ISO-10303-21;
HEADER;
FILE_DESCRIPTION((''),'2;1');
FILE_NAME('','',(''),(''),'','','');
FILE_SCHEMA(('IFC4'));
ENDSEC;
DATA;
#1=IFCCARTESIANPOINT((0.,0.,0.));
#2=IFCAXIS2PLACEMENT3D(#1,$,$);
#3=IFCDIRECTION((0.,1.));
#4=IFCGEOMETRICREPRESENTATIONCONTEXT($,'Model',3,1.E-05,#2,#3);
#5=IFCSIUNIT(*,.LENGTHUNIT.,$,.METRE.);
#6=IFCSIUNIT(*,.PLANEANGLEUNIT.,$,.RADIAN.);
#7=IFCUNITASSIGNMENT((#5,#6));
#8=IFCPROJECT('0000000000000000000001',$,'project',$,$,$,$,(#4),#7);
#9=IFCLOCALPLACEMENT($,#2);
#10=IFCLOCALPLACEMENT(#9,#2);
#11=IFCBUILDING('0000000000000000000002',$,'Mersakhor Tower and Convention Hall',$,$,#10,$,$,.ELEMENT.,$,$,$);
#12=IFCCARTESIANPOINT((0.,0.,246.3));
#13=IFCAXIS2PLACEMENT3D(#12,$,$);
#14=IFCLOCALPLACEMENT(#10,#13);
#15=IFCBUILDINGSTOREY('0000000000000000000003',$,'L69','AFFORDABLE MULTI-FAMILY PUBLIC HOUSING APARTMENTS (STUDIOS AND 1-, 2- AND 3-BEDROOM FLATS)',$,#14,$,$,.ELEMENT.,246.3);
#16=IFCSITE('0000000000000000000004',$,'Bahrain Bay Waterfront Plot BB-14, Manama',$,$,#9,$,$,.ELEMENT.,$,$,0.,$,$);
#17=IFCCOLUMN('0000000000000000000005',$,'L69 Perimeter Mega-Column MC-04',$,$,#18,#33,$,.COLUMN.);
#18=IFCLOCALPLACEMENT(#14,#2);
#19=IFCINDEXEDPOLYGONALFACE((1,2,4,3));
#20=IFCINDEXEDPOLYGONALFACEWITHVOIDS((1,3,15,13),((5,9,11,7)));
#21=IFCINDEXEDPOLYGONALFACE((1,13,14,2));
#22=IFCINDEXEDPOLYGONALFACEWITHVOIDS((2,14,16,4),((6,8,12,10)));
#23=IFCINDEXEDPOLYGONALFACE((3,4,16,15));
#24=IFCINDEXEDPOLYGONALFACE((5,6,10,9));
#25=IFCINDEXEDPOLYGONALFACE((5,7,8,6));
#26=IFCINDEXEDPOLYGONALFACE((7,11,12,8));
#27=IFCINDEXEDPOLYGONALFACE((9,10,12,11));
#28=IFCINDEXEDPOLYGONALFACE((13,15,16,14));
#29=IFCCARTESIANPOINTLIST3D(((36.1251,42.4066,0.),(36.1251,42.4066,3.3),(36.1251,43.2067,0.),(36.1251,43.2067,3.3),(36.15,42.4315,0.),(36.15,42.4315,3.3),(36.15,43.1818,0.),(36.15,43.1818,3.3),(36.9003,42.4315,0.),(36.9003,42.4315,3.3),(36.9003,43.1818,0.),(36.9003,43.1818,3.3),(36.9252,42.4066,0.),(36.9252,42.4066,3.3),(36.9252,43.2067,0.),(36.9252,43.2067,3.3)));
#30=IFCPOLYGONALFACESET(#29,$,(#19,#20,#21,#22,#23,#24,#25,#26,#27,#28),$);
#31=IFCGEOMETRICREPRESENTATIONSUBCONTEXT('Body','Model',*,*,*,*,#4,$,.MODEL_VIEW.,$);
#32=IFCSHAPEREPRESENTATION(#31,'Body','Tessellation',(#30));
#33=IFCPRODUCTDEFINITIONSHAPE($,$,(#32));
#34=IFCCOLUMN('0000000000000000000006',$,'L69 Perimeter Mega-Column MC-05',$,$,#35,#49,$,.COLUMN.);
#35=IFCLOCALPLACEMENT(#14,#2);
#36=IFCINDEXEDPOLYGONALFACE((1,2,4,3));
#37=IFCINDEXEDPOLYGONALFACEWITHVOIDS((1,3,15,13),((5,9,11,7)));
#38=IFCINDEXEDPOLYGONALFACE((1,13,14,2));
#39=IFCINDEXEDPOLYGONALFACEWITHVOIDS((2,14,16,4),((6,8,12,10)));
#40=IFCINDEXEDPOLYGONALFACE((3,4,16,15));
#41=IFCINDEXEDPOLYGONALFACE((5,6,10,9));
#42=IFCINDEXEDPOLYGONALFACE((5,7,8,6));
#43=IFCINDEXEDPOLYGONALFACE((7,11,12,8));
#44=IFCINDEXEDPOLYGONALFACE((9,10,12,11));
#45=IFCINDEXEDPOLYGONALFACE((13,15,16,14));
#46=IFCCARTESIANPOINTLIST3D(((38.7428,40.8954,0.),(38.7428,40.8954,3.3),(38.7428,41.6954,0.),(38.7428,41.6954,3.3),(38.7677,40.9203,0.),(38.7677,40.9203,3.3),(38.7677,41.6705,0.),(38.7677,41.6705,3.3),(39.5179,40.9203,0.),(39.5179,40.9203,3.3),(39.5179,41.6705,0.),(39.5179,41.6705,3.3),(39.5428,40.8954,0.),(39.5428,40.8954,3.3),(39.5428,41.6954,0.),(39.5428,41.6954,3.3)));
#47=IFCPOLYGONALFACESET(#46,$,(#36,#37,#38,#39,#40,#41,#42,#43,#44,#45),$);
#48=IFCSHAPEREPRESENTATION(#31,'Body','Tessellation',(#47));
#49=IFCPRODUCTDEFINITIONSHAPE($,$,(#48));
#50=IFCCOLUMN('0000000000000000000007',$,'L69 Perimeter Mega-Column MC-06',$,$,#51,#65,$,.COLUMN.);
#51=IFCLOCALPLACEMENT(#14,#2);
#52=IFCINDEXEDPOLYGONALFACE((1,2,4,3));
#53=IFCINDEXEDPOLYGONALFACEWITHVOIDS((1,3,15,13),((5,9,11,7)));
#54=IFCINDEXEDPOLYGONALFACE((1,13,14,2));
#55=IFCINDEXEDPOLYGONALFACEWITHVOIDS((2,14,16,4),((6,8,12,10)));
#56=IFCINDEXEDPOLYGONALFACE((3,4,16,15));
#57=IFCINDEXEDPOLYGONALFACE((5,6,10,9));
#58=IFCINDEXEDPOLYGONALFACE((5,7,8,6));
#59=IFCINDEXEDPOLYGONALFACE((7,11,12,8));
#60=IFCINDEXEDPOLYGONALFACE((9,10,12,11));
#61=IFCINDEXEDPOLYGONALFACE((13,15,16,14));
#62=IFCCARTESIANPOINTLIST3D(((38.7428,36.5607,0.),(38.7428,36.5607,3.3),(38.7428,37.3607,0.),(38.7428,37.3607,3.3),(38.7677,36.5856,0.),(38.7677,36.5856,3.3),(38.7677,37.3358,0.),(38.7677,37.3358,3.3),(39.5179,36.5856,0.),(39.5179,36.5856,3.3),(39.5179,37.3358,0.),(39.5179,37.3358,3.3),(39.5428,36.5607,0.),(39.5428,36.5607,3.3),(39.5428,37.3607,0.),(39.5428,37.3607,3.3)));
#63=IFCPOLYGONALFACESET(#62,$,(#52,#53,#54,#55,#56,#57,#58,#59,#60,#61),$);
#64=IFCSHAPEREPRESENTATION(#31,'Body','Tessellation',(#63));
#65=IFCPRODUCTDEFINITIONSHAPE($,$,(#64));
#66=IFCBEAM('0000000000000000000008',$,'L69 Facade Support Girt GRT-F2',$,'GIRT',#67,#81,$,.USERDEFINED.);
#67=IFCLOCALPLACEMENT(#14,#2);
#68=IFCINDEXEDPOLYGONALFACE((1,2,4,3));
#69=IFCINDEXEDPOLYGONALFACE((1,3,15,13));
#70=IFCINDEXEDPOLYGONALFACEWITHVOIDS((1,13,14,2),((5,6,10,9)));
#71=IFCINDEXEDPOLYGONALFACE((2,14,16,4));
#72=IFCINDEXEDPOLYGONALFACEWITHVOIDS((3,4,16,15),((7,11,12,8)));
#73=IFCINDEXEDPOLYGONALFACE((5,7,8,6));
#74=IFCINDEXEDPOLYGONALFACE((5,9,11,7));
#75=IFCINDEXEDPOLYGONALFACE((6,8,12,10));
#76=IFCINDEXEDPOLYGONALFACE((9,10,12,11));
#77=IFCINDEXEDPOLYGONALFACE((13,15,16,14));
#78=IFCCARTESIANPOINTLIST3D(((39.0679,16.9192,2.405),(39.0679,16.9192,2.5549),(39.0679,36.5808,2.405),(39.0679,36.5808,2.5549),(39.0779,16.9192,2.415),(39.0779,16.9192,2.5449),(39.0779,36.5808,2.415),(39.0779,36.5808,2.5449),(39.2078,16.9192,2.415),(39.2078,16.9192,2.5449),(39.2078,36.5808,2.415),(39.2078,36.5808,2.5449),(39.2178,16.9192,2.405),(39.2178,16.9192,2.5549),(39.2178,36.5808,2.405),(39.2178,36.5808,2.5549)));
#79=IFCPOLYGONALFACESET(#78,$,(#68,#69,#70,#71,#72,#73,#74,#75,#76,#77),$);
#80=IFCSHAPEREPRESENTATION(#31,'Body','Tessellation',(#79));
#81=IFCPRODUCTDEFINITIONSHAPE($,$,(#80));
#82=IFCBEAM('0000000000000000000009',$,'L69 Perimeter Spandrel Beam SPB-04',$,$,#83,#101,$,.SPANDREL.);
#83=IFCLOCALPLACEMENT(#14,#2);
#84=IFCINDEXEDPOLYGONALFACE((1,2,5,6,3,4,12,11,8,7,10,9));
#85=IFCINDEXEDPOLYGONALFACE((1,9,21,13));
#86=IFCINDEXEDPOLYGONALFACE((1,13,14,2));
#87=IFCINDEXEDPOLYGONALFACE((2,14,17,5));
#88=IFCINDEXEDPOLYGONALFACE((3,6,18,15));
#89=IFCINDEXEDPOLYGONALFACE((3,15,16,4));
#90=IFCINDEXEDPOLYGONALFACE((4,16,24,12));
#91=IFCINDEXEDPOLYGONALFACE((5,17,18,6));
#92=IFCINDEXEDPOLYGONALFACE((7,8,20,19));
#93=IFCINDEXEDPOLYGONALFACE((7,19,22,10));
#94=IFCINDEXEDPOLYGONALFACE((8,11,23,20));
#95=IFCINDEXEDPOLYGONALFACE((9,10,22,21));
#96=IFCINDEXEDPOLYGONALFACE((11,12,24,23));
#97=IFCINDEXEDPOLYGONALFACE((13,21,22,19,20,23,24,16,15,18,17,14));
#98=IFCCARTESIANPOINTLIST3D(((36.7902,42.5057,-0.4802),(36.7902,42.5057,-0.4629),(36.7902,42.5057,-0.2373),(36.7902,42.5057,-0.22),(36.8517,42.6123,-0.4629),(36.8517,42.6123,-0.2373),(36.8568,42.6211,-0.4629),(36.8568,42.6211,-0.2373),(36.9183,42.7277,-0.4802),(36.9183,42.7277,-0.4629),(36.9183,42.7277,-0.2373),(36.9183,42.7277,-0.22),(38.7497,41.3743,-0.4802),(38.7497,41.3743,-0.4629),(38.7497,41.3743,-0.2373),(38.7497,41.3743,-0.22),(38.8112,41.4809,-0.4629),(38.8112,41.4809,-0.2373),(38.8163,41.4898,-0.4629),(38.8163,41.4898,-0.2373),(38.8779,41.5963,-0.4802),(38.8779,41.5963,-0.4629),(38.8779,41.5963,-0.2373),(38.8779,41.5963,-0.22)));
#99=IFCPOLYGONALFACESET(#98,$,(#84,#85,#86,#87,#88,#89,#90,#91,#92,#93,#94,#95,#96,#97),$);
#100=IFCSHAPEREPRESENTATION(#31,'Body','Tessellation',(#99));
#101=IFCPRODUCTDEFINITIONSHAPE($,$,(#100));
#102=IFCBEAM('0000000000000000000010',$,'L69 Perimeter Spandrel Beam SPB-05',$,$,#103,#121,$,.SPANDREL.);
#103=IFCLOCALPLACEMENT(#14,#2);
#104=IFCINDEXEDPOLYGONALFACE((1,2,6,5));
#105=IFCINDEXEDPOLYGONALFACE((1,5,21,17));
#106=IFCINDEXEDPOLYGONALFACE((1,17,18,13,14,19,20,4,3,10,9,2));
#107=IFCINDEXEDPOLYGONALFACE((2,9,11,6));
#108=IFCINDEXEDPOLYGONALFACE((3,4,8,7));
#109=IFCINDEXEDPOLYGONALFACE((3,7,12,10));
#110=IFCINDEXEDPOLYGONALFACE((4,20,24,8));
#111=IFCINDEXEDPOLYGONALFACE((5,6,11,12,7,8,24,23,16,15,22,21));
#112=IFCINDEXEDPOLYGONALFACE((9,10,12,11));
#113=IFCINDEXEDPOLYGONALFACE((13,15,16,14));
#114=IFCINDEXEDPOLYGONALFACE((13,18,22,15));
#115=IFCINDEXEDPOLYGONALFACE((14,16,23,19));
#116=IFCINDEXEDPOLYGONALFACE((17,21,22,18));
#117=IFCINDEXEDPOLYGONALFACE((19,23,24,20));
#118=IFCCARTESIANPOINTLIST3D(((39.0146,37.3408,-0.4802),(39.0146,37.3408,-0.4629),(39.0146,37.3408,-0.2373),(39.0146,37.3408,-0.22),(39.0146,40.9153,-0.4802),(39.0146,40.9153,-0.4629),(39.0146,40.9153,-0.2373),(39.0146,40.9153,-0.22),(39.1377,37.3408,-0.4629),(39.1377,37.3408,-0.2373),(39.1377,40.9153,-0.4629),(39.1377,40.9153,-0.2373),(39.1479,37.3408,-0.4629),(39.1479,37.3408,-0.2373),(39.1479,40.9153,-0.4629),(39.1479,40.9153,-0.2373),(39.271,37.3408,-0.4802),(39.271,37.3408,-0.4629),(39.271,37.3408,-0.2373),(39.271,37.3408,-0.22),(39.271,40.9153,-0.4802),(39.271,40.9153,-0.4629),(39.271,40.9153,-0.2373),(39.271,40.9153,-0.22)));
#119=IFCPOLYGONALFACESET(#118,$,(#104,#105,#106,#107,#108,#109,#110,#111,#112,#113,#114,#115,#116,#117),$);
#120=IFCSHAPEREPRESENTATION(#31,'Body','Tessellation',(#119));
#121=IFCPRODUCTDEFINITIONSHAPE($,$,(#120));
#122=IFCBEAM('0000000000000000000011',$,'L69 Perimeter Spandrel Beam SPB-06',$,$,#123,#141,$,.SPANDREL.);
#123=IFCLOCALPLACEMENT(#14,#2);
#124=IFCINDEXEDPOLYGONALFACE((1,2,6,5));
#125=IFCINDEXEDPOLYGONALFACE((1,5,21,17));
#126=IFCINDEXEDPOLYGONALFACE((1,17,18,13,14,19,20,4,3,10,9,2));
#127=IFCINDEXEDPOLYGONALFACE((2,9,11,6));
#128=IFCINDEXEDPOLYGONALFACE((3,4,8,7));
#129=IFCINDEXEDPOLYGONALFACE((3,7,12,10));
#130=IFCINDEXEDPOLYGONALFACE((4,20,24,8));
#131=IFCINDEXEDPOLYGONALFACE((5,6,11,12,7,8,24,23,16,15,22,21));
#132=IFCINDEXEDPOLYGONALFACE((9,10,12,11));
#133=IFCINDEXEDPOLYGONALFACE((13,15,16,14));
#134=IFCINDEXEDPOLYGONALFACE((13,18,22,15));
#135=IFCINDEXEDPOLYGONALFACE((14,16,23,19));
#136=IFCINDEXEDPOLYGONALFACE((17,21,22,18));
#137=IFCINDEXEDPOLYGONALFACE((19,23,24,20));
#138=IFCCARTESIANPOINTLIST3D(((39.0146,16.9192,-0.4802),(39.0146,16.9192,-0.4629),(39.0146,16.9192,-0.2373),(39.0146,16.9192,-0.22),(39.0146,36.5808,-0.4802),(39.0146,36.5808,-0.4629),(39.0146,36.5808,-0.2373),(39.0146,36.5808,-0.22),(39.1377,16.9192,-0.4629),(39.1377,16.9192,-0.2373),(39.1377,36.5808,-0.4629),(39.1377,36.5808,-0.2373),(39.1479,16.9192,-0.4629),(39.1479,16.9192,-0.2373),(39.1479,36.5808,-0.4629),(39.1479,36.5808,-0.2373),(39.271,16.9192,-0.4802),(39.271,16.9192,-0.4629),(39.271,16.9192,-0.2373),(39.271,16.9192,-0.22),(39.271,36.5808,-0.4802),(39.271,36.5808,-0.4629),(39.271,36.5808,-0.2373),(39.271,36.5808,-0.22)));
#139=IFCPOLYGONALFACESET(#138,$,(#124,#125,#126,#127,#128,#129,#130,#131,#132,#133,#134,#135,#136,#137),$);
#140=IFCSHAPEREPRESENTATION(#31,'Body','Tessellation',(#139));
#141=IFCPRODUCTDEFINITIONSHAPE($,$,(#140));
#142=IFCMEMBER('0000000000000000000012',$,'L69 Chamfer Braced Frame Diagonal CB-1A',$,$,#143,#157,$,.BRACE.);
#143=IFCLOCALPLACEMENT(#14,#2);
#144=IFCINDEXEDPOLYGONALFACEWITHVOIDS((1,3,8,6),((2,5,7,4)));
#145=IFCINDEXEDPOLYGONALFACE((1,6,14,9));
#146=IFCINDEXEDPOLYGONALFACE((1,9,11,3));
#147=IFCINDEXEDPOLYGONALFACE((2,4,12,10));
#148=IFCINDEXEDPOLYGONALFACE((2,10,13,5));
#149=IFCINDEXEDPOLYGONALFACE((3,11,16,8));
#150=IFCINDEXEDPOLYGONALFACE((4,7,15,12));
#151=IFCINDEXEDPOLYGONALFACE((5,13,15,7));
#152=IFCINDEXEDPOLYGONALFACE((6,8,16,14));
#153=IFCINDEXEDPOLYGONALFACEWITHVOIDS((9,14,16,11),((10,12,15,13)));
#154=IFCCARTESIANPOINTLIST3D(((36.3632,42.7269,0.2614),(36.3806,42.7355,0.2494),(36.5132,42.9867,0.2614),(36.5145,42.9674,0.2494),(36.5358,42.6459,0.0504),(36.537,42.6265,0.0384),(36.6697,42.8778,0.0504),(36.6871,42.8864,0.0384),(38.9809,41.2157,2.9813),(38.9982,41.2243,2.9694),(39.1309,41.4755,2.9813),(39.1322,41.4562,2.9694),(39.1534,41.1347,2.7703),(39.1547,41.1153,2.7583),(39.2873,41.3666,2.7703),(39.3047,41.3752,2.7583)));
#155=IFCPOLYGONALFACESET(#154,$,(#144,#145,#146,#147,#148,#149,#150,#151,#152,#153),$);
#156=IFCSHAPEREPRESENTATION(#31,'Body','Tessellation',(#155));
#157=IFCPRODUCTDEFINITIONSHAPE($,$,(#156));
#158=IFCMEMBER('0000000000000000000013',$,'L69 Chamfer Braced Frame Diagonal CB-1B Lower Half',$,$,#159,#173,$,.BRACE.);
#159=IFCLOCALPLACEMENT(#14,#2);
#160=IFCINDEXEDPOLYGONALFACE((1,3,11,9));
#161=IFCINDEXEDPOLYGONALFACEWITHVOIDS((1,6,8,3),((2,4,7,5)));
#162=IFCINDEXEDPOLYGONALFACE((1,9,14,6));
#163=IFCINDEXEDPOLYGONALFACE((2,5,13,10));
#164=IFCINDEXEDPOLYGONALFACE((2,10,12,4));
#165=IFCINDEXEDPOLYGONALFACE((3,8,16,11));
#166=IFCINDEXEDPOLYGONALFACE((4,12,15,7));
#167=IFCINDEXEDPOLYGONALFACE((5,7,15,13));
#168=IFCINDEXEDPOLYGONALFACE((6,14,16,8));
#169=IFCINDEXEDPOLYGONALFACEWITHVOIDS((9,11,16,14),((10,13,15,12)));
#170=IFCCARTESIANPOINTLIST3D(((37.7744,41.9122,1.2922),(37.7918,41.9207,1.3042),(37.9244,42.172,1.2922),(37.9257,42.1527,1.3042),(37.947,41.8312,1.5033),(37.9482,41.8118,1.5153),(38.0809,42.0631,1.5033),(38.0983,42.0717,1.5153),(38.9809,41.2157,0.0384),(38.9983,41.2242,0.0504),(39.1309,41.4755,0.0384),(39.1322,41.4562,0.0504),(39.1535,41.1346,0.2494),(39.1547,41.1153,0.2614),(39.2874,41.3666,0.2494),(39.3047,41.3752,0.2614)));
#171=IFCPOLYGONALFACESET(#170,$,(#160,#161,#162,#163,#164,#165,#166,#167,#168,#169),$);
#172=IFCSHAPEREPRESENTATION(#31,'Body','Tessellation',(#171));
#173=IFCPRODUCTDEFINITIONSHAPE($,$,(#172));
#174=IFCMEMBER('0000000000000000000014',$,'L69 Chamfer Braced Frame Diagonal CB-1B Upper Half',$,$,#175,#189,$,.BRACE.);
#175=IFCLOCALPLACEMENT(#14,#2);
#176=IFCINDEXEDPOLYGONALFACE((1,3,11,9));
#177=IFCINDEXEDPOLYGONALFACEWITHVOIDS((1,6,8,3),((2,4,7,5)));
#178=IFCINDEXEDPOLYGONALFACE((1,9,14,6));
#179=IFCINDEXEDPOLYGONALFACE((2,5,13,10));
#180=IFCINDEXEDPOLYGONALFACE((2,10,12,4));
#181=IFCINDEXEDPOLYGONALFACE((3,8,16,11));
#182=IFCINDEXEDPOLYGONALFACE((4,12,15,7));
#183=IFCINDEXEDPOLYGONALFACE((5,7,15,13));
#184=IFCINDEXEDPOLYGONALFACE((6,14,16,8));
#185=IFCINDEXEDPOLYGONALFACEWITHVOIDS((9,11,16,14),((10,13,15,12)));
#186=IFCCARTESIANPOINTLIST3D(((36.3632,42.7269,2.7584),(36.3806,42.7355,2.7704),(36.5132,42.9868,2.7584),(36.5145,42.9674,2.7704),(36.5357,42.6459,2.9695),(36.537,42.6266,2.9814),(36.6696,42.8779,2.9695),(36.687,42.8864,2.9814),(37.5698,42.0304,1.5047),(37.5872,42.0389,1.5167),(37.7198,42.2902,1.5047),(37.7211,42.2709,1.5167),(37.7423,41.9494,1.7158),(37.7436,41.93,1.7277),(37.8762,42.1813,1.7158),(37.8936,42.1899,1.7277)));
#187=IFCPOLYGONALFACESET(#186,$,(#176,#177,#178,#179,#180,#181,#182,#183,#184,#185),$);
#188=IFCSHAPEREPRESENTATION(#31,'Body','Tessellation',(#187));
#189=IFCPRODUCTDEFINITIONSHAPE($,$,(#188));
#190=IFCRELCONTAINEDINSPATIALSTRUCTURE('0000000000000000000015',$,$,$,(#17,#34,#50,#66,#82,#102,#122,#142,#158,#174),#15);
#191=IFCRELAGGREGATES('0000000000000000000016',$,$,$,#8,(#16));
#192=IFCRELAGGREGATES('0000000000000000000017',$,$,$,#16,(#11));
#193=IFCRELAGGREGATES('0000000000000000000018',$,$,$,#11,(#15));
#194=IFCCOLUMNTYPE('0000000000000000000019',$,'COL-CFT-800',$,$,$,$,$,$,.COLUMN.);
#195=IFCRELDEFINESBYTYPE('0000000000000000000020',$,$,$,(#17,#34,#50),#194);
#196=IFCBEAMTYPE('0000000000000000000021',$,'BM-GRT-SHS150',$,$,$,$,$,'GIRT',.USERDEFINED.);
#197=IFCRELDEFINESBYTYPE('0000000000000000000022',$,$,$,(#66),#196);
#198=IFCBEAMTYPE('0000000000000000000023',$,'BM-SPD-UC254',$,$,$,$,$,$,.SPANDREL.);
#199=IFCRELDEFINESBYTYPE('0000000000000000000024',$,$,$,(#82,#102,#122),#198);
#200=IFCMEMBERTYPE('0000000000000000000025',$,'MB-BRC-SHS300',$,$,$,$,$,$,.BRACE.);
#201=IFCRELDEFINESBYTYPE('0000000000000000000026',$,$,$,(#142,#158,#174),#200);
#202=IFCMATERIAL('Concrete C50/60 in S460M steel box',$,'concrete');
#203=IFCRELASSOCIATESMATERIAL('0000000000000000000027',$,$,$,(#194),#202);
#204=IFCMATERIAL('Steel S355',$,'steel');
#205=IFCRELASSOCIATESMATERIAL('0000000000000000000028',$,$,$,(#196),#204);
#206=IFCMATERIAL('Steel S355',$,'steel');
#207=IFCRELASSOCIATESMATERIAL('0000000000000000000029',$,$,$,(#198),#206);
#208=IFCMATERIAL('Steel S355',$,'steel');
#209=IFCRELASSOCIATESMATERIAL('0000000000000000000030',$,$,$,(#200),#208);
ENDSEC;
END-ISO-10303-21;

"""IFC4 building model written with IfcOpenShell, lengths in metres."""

from ifc_helpers import new_model, si_unit, direction, frame, origin, origin_2d, place, context, subcontext, project, spatial, hollow_rectangle, i_section, extrude, material, material_profile, profile_set, type_object, element, save


model = new_model("IFC4")

# Units and contexts
model_context = context("Model", 3, precision=1e-05, world=origin(), true_north=direction((0.0, 1.0)))
body_context = subcontext(model_context, "Body", "Model", "MODEL_VIEW")
ifc_project = project(units=[si_unit("LENGTHUNIT", "METRE"), si_unit("PLANEANGLEUNIT", "RADIAN")], contexts=[model_context])

# Site, building, storey
site_placement = place(None, origin())
site = spatial("IfcSite", under=ifc_project, at=site_placement, Name="Bahrain Bay Waterfront Plot BB-14, Manama", CompositionType="ELEMENT", RefElevation=0.0)
building_placement = place(site_placement, origin())
building = spatial("IfcBuilding", under=site, at=building_placement, Name="Mersakhor Tower and Convention Hall", CompositionType="ELEMENT")
storey_placement = place(building_placement, frame((0.0, 0.0, 246.3)))
storey = spatial("IfcBuildingStorey", under=building, at=storey_placement, Name="L69", Description="AFFORDABLE MULTI-FAMILY PUBLIC HOUSING APARTMENTS (STUDIOS AND 1-, 2- AND 3-BEDROOM FLATS)", CompositionType="ELEMENT", Elevation=246.3)

# Columns
ifc_material_1 = material(Name="Concrete C50/60 in S460M steel box", Category="concrete")
ifc_material_profile_1 = material_profile(ifc_material_1, hollow_rectangle(XDim=0.8, YDim=0.8, WallThickness=0.0249, at=origin_2d()), Name="SHS 800x800x25")
ifc_profile_set_1 = profile_set([ifc_material_profile_1], Name="Concrete C50/60 in S460M steel box")
column_type = type_object("IfcColumnType", Name="COL-CFT-800", PredefinedType="COLUMN", material=ifc_profile_set_1)
for number, where, z_axis, x_axis, name in (
    (1, (36.5251, 42.8066, 0.0), (0.0, 0.0, 1.0), (1.0, 0.0, 0.0), "L69 Perimeter Mega-Column MC-04"),
    (2, (39.1428, 41.2954, 0.0), (0.0, 0.0, 1.0), (1.0, 0.0, 0.0), "L69 Perimeter Mega-Column MC-05"),
    (3, (39.1428, 36.9607, 0.0), (0.0, 0.0, 1.0), (1.0, 0.0, 0.0), "L69 Perimeter Mega-Column MC-06"),
):
    element("IfcColumn", number, at=place(storey_placement, frame(where, z_axis=z_axis, x_axis=x_axis)), inside=storey, type_object=column_type, Name=name, PredefinedType="COLUMN", context=body_context, shape_type="SweptSolid", body=[
        extrude(hollow_rectangle(XDim=0.8, YDim=0.8, WallThickness=0.0249, at=origin_2d()), origin(), (0.0, 0.0, 1.0), 3.3),
    ])

# Beams
ifc_material_2 = material(Name="Steel S355", Category="steel")
ifc_material_profile_2 = material_profile(ifc_material_2, hollow_rectangle(XDim=0.1499, YDim=0.1499, WallThickness=0.01, at=origin_2d()), Name="SHS 150x150x10")
ifc_profile_set_2 = profile_set([ifc_material_profile_2], Name="Steel S355")
beam_type_1 = type_object("IfcBeamType", Name="BM-GRT-SHS150", ElementType="GIRT", PredefinedType="USERDEFINED", material=ifc_profile_set_2)
beam_1_placement = place(storey_placement, frame((39.1428, 36.5808, 2.48), z_axis=(0.0, -1.0, 0.0), x_axis=(1.0, 0.0, 0.0)))
element("IfcBeam", 4, at=beam_1_placement, inside=storey, type_object=beam_type_1, Name="L69 Facade Support Girt GRT-F2", ObjectType="GIRT", PredefinedType="USERDEFINED", context=body_context, shape_type="SweptSolid", body=[
    extrude(hollow_rectangle(XDim=0.1499, YDim=0.1499, WallThickness=0.01, at=origin_2d()), origin(), (0.0, 0.0, 1.0), 19.6616),
])
ifc_material_3 = material(Name="Steel S355", Category="steel")
ifc_material_profile_3 = material_profile(ifc_material_3, i_section(OverallWidth=0.2563, OverallDepth=0.2603, WebThickness=0.0103, FlangeThickness=0.0173, at=origin_2d()), Name="UC 254x254x89")
ifc_profile_set_3 = profile_set([ifc_material_profile_3], Name="Steel S355")
beam_type_2 = type_object("IfcBeamType", Name="BM-SPD-UC254", PredefinedType="SPANDREL", material=ifc_profile_set_3)
beam_2_placement = place(storey_placement, frame((36.8542, 42.6167, -0.3501), z_axis=(0.866017, -0.500015, 0.0), x_axis=(0.500015, 0.866017, 0.0)))
element("IfcBeam", 5, at=beam_2_placement, inside=storey, type_object=beam_type_2, Name="L69 Perimeter Spandrel Beam SPB-04", PredefinedType="SPANDREL", context=body_context, shape_type="SweptSolid", body=[
    extrude(i_section(OverallWidth=0.2563, OverallDepth=0.2603, WebThickness=0.0103, FlangeThickness=0.0173, at=origin_2d()), origin(), (0.0, 0.0, 1.0), 2.2627),
])
beam_3_placement = place(storey_placement, frame((39.1428, 40.9153, -0.3501), z_axis=(0.0, -1.0, 0.0), x_axis=(1.0, 0.0, 0.0)))
element("IfcBeam", 6, at=beam_3_placement, inside=storey, type_object=beam_type_2, Name="L69 Perimeter Spandrel Beam SPB-05", PredefinedType="SPANDREL", context=body_context, shape_type="SweptSolid", body=[
    extrude(i_section(OverallWidth=0.2563, OverallDepth=0.2603, WebThickness=0.0103, FlangeThickness=0.0173, at=origin_2d()), origin(), (0.0, 0.0, 1.0), 3.5745),
])
beam_4_placement = place(storey_placement, frame((39.1428, 36.5808, -0.3501), z_axis=(0.0, -1.0, 0.0), x_axis=(1.0, 0.0, 0.0)))
element("IfcBeam", 7, at=beam_4_placement, inside=storey, type_object=beam_type_2, Name="L69 Perimeter Spandrel Beam SPB-06", PredefinedType="SPANDREL", context=body_context, shape_type="SweptSolid", body=[
    extrude(i_section(OverallWidth=0.2563, OverallDepth=0.2603, WebThickness=0.0103, FlangeThickness=0.0173, at=origin_2d()), origin(), (0.0, 0.0, 1.0), 19.6616),
])

# Members
ifc_material_4 = material(Name="Steel S355", Category="steel")
ifc_material_profile_4 = material_profile(ifc_material_4, hollow_rectangle(XDim=0.3, YDim=0.3, WallThickness=0.0161, at=origin_2d()), Name="SHS 300x300x16")
ifc_profile_set_4 = profile_set([ifc_material_profile_4], Name="Steel S355")
member_type = type_object("IfcMemberType", Name="MB-BRC-SHS300", PredefinedType="BRACE", material=ifc_profile_set_4)
member_placement = place(storey_placement, frame((36.5251, 42.8066, 0.1499), z_axis=(0.643759, -0.371653, 0.668916), x_axis=(0.499979, 0.866038, 0.0)))
element("IfcMember", 8, at=member_placement, inside=storey, type_object=member_type, Name="L69 Chamfer Braced Frame Diagonal CB-1A", PredefinedType="BRACE", context=body_context, shape_type="SweptSolid", body=[
    extrude(hollow_rectangle(XDim=0.3, YDim=0.3, WallThickness=0.0161, at=origin_2d()), origin(), (0.0, 0.0, 1.0), 4.0662),
])
for number, where, z_axis, x_axis, name in (
    (9, (39.1428, 41.2954, 0.1499), (-0.643713, 0.371613, 0.668982), (-0.499965, -0.866046, 0.0), "L69 Chamfer Braced Frame Diagonal CB-1B Lower Half"),
    (10, (37.7317, 42.1101, 1.6162), (-0.643769, 0.371646, 0.66891), (-0.499965, -0.866046, 0.0), "L69 Chamfer Braced Frame Diagonal CB-1B Upper Half"),
):
    element("IfcMember", number, at=place(storey_placement, frame(where, z_axis=z_axis, x_axis=x_axis)), inside=storey, type_object=member_type, Name=name, PredefinedType="BRACE", context=body_context, shape_type="SweptSolid", body=[
        extrude(hollow_rectangle(XDim=0.3, YDim=0.3, WallThickness=0.0161, at=origin_2d()), origin(), (0.0, 0.0, 1.0), 1.8743),
    ])

save(model, "model.ifc")
